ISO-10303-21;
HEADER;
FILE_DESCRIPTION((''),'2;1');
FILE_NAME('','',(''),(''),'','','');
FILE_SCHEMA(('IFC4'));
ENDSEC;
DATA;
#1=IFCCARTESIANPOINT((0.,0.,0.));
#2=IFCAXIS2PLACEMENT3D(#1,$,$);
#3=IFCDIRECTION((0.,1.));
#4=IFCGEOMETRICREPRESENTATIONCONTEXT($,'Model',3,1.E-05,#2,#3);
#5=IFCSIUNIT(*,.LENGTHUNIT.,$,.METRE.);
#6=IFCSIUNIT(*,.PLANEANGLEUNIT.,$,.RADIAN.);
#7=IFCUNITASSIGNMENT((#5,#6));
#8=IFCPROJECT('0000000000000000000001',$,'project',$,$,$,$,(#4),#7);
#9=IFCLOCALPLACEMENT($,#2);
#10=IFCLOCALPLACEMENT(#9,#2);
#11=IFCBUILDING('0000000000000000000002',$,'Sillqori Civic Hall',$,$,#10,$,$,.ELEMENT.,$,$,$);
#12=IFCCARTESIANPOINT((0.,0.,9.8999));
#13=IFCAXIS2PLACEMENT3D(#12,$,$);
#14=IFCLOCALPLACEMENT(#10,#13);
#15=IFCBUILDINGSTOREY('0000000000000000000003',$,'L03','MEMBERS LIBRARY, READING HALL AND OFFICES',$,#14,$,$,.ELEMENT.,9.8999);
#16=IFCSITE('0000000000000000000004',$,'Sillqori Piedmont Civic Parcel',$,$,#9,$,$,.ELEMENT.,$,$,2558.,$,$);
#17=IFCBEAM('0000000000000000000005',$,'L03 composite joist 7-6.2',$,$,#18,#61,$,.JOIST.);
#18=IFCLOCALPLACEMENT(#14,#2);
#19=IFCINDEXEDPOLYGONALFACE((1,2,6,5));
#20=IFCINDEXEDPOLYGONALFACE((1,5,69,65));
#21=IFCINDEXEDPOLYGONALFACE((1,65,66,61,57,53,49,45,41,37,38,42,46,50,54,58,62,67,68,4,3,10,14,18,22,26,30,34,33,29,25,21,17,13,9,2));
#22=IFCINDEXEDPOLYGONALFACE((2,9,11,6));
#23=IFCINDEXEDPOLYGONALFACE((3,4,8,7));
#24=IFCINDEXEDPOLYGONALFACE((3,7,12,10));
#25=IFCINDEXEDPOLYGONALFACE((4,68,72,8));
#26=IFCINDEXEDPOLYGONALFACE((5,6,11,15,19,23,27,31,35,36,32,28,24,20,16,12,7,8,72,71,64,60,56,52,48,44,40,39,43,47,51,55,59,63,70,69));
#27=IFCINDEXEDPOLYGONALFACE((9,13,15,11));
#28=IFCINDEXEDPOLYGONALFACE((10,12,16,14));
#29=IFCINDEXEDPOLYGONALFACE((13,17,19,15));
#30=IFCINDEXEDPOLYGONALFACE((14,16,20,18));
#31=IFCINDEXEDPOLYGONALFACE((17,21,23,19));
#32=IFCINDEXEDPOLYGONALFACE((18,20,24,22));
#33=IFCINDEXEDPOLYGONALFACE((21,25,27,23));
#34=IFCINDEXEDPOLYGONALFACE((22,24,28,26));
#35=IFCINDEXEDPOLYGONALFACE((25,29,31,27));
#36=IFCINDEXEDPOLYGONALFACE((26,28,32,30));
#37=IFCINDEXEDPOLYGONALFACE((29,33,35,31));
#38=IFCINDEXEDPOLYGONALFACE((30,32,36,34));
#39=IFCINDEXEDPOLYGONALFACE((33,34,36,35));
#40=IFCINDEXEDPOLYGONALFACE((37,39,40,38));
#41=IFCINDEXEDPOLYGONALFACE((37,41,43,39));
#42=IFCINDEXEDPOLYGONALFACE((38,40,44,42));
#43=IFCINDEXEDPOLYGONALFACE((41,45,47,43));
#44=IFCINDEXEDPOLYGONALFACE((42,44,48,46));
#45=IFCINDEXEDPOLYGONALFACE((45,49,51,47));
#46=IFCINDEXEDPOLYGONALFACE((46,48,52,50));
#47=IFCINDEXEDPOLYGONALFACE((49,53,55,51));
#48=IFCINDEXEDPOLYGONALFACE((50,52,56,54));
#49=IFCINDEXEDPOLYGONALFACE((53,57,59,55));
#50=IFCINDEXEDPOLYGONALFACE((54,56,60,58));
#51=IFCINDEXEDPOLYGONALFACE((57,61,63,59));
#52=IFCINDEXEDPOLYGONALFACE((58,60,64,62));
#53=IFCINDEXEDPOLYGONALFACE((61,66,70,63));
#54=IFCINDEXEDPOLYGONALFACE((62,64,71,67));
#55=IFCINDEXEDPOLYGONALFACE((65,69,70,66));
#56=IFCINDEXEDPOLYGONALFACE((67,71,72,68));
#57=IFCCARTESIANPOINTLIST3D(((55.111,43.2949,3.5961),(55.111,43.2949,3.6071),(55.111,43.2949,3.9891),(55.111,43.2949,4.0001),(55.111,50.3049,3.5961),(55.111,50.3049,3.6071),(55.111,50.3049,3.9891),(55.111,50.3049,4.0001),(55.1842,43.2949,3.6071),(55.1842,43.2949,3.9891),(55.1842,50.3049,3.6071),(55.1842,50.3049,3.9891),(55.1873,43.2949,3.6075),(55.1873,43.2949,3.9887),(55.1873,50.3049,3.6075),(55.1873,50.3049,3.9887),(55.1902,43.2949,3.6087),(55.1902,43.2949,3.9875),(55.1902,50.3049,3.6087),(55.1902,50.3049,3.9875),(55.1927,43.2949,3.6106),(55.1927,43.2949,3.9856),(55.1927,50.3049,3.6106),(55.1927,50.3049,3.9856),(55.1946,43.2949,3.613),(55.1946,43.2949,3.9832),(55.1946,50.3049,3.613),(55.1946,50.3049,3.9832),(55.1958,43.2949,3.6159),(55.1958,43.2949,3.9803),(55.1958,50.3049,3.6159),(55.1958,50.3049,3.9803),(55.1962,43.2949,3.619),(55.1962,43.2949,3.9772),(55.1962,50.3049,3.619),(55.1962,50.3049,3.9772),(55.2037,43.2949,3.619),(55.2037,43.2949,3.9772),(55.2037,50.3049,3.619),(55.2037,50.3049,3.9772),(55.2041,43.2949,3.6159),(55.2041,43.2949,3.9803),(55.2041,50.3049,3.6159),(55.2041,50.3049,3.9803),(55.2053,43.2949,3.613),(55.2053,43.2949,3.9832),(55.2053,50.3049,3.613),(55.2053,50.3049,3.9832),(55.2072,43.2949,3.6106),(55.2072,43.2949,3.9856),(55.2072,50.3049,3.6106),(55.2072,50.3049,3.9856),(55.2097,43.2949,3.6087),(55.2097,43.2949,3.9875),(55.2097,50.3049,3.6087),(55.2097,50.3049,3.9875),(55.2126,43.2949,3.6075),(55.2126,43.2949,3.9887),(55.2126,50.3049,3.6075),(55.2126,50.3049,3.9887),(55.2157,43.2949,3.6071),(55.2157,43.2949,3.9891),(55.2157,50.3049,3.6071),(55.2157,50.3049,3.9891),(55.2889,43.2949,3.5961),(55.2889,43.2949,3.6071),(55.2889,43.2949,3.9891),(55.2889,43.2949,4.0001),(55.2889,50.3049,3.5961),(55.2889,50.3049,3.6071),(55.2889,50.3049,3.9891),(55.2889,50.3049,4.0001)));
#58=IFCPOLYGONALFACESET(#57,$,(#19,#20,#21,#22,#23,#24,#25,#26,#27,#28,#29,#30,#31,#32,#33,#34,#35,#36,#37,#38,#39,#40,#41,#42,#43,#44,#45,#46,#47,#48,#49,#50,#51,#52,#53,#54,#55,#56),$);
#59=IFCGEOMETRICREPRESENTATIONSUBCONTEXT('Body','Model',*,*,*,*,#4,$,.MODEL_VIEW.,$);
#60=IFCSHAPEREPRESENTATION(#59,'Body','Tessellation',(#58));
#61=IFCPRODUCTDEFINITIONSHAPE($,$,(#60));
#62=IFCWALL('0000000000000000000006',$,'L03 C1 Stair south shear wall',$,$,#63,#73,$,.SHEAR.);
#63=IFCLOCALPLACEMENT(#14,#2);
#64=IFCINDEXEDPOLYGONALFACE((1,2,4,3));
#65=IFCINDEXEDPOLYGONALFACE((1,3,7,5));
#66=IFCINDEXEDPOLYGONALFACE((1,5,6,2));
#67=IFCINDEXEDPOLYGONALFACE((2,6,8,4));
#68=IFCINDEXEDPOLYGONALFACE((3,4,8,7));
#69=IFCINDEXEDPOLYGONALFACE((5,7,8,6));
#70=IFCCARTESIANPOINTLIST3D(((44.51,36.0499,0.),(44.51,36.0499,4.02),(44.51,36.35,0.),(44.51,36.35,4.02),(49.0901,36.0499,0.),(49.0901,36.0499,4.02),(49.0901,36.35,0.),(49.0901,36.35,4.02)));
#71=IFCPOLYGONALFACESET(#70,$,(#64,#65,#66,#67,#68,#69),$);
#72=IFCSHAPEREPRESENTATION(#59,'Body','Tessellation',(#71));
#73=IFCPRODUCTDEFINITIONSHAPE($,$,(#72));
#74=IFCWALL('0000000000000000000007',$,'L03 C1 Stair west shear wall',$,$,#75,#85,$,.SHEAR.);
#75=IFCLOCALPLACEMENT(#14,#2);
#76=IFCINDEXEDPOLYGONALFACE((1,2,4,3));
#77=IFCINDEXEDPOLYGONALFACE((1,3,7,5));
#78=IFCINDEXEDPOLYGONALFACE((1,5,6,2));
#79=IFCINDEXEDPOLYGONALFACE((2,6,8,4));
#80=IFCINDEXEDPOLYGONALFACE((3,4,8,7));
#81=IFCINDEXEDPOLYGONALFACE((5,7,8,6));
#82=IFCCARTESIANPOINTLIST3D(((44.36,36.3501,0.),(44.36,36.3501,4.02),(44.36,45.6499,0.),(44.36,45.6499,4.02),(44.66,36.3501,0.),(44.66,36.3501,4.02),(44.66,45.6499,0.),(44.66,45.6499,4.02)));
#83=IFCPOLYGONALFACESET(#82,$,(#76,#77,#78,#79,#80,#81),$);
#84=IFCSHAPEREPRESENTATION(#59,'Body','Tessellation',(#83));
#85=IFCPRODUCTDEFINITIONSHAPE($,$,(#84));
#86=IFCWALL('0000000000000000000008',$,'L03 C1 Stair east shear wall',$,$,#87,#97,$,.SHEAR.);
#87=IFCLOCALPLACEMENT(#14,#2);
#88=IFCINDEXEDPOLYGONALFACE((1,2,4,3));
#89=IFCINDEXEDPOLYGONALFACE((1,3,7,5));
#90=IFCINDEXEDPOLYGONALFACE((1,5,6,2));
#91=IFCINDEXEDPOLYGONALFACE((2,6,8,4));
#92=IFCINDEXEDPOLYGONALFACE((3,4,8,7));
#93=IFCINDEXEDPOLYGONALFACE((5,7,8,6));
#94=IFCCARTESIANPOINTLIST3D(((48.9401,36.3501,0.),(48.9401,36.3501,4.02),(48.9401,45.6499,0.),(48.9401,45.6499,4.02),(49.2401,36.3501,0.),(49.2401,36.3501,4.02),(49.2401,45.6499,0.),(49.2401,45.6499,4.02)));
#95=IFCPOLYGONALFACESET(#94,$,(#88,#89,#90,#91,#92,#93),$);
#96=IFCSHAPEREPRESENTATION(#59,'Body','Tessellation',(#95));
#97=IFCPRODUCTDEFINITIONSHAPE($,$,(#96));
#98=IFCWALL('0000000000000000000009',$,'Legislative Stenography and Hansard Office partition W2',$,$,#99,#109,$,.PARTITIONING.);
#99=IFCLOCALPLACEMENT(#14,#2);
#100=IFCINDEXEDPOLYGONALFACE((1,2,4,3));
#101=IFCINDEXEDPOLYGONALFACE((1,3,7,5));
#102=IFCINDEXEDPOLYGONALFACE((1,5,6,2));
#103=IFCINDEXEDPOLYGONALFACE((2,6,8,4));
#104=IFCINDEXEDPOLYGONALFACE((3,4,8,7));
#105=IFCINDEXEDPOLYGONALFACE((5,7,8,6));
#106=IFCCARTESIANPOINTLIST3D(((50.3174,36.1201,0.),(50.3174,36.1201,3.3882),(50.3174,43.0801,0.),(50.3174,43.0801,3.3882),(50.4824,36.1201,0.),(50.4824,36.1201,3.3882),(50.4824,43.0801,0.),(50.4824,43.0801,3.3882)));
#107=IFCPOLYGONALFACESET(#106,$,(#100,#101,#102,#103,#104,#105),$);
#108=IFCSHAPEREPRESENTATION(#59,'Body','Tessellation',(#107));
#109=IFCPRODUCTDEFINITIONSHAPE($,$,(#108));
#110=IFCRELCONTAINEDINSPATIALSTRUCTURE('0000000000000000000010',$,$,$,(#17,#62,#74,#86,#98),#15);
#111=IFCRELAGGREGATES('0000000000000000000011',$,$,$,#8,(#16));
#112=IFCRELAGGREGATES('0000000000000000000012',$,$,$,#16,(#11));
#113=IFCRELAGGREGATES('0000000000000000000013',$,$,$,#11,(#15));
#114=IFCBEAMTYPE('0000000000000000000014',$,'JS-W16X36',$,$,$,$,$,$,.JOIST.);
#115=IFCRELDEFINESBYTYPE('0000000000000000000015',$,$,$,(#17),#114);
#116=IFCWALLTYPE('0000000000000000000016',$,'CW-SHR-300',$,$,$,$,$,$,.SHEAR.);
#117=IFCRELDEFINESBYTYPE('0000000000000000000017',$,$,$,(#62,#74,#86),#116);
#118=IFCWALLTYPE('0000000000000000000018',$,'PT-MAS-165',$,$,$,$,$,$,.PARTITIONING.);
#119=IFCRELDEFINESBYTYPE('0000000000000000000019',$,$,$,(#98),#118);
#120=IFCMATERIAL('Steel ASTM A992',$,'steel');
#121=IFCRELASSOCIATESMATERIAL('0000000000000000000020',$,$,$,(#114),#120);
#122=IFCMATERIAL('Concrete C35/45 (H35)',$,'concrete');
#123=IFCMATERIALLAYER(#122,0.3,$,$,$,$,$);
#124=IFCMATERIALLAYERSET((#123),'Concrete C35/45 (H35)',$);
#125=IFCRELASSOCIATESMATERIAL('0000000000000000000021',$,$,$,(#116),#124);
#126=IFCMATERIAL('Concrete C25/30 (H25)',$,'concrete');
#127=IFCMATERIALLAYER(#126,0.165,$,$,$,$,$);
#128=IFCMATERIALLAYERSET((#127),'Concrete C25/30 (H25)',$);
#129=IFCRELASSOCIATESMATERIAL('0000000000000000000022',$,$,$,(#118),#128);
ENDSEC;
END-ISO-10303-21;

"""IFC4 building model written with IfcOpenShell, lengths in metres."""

from ifc_helpers import new_model, si_unit, direction, frame, frame_2d, origin, origin_2d, place, context, subcontext, project, spatial, rectangle, i_section, extrude, material, layer, layer_set, material_profile, profile_set, type_object, element, save


model = new_model("IFC4")

# Units and contexts
model_context = context("Model", 3, precision=1e-05, world=origin(), true_north=direction((0.0, 1.0)))
body_context = subcontext(model_context, "Body", "Model", "MODEL_VIEW")
ifc_project = project(units=[si_unit("LENGTHUNIT", "METRE"), si_unit("PLANEANGLEUNIT", "RADIAN")], contexts=[model_context])

# Site, building, storey
site_placement = place(None, origin())
site = spatial("IfcSite", under=ifc_project, at=site_placement, Name="Sillqori Piedmont Civic Parcel", CompositionType="ELEMENT", RefElevation=2558.0)
building_placement = place(site_placement, origin())
building = spatial("IfcBuilding", under=site, at=building_placement, Name="Sillqori Civic Hall", CompositionType="ELEMENT")
storey_placement = place(building_placement, frame((0.0, 0.0, 9.8999)))
storey = spatial("IfcBuildingStorey", under=building, at=storey_placement, Name="L03", Description="MEMBERS LIBRARY, READING HALL AND OFFICES", CompositionType="ELEMENT", Elevation=9.8999)

# Shared definitions
ifc_material_1 = material(Name="Concrete C35/45 (H35)", Category="concrete")
ifc_material_2 = material(Name="Steel ASTM A992", Category="steel")

# Beam
ifc_material_profile_1 = material_profile(ifc_material_2, i_section(OverallWidth=0.178, OverallDepth=0.4041, WebThickness=0.0076, FlangeThickness=0.011, FilletRadius=0.012, at=origin_2d()), Name="W16X36")
ifc_profile_set_1 = profile_set([ifc_material_profile_1], Name="Steel ASTM A992")
beam_type_1 = type_object("IfcBeamType", Name="JS-W16X36", PredefinedType="JOIST", material=ifc_profile_set_1)
for number, where, z_axis, x_axis, name in (
    (1, (55.2, 43.2949, 3.7981), (0.0, 1.0, 0.0), (-1.0, 0.0, 0.0), "L03 composite joist 7-6.2"),
):
    element("IfcBeam", number, at=place(storey_placement, frame(where, z_axis=z_axis, x_axis=x_axis)), inside=storey, type_object=beam_type_1, Name=name, PredefinedType="JOIST", context=body_context, shape_type="SweptSolid", body=[
        extrude(i_section(OverallWidth=0.178, OverallDepth=0.4041, WebThickness=0.0076, FlangeThickness=0.011, FilletRadius=0.012, at=origin_2d()), origin(), (0.0, 0.0, 1.0), 7.01),
    ])

# Walls
ifc_layer_1 = layer(ifc_material_1, 0.3)
ifc_layer_set_1 = layer_set([ifc_layer_1], Name="Concrete C35/45 (H35)")
wall_type_1 = type_object("IfcWallType", Name="CW-SHR-300", PredefinedType="SHEAR", material=ifc_layer_set_1)
wall_1_placement = place(storey_placement, frame((44.51, 36.2, 0.0), z_axis=(0.0, 0.0, 1.0), x_axis=(1.0, 0.0, 0.0)))
element("IfcWall", 2, at=wall_1_placement, inside=storey, type_object=wall_type_1, Name="L03 C1 Stair south shear wall", PredefinedType="SHEAR", context=body_context, shape_type="SweptSolid", body=[
    extrude(rectangle(XDim=4.5801, YDim=0.3, at=frame_2d((2.29, 0.0))), origin(), (0.0, 0.0, 1.0), 4.02),
])
for number, where, z_axis, x_axis, name in (
    (3, (44.51, 36.3501, 0.0), (0.0, 0.0, 1.0), (0.0, 1.0, 0.0), "L03 C1 Stair west shear wall"),
    (4, (49.0901, 36.3501, 0.0), (0.0, 0.0, 1.0), (0.0, 1.0, 0.0), "L03 C1 Stair east shear wall"),
):
    element("IfcWall", number, at=place(storey_placement, frame(where, z_axis=z_axis, x_axis=x_axis)), inside=storey, type_object=wall_type_1, Name=name, PredefinedType="SHEAR", context=body_context, shape_type="SweptSolid", body=[
        extrude(rectangle(XDim=9.2998, YDim=0.3, at=frame_2d((4.6499, 0.0))), origin(), (0.0, 0.0, 1.0), 4.02),
    ])

# Shared definitions
ifc_material_3 = material(Name="Concrete C25/30 (H25)", Category="concrete")
ifc_layer_2 = layer(ifc_material_3, 0.165)
ifc_layer_set_2 = layer_set([ifc_layer_2], Name="Concrete C25/30 (H25)")
wall_type_2 = type_object("IfcWallType", Name="PT-MAS-165", PredefinedType="PARTITIONING", material=ifc_layer_set_2)

# Wall
wall_2_placement = place(storey_placement, frame((50.3999, 36.1201, 0.0), z_axis=(0.0, 0.0, 1.0), x_axis=(0.0, 1.0, 0.0)))
element("IfcWall", 5, at=wall_2_placement, inside=storey, type_object=wall_type_2, Name="Legislative Stenography and Hansard Office partition W2", PredefinedType="PARTITIONING", context=body_context, shape_type="SweptSolid", body=[
    extrude(rectangle(XDim=6.96, YDim=0.165, at=frame_2d((3.48, 0.0))), origin(), (0.0, 0.0, 1.0), 3.3882),
])

save(model, "model.ifc")
